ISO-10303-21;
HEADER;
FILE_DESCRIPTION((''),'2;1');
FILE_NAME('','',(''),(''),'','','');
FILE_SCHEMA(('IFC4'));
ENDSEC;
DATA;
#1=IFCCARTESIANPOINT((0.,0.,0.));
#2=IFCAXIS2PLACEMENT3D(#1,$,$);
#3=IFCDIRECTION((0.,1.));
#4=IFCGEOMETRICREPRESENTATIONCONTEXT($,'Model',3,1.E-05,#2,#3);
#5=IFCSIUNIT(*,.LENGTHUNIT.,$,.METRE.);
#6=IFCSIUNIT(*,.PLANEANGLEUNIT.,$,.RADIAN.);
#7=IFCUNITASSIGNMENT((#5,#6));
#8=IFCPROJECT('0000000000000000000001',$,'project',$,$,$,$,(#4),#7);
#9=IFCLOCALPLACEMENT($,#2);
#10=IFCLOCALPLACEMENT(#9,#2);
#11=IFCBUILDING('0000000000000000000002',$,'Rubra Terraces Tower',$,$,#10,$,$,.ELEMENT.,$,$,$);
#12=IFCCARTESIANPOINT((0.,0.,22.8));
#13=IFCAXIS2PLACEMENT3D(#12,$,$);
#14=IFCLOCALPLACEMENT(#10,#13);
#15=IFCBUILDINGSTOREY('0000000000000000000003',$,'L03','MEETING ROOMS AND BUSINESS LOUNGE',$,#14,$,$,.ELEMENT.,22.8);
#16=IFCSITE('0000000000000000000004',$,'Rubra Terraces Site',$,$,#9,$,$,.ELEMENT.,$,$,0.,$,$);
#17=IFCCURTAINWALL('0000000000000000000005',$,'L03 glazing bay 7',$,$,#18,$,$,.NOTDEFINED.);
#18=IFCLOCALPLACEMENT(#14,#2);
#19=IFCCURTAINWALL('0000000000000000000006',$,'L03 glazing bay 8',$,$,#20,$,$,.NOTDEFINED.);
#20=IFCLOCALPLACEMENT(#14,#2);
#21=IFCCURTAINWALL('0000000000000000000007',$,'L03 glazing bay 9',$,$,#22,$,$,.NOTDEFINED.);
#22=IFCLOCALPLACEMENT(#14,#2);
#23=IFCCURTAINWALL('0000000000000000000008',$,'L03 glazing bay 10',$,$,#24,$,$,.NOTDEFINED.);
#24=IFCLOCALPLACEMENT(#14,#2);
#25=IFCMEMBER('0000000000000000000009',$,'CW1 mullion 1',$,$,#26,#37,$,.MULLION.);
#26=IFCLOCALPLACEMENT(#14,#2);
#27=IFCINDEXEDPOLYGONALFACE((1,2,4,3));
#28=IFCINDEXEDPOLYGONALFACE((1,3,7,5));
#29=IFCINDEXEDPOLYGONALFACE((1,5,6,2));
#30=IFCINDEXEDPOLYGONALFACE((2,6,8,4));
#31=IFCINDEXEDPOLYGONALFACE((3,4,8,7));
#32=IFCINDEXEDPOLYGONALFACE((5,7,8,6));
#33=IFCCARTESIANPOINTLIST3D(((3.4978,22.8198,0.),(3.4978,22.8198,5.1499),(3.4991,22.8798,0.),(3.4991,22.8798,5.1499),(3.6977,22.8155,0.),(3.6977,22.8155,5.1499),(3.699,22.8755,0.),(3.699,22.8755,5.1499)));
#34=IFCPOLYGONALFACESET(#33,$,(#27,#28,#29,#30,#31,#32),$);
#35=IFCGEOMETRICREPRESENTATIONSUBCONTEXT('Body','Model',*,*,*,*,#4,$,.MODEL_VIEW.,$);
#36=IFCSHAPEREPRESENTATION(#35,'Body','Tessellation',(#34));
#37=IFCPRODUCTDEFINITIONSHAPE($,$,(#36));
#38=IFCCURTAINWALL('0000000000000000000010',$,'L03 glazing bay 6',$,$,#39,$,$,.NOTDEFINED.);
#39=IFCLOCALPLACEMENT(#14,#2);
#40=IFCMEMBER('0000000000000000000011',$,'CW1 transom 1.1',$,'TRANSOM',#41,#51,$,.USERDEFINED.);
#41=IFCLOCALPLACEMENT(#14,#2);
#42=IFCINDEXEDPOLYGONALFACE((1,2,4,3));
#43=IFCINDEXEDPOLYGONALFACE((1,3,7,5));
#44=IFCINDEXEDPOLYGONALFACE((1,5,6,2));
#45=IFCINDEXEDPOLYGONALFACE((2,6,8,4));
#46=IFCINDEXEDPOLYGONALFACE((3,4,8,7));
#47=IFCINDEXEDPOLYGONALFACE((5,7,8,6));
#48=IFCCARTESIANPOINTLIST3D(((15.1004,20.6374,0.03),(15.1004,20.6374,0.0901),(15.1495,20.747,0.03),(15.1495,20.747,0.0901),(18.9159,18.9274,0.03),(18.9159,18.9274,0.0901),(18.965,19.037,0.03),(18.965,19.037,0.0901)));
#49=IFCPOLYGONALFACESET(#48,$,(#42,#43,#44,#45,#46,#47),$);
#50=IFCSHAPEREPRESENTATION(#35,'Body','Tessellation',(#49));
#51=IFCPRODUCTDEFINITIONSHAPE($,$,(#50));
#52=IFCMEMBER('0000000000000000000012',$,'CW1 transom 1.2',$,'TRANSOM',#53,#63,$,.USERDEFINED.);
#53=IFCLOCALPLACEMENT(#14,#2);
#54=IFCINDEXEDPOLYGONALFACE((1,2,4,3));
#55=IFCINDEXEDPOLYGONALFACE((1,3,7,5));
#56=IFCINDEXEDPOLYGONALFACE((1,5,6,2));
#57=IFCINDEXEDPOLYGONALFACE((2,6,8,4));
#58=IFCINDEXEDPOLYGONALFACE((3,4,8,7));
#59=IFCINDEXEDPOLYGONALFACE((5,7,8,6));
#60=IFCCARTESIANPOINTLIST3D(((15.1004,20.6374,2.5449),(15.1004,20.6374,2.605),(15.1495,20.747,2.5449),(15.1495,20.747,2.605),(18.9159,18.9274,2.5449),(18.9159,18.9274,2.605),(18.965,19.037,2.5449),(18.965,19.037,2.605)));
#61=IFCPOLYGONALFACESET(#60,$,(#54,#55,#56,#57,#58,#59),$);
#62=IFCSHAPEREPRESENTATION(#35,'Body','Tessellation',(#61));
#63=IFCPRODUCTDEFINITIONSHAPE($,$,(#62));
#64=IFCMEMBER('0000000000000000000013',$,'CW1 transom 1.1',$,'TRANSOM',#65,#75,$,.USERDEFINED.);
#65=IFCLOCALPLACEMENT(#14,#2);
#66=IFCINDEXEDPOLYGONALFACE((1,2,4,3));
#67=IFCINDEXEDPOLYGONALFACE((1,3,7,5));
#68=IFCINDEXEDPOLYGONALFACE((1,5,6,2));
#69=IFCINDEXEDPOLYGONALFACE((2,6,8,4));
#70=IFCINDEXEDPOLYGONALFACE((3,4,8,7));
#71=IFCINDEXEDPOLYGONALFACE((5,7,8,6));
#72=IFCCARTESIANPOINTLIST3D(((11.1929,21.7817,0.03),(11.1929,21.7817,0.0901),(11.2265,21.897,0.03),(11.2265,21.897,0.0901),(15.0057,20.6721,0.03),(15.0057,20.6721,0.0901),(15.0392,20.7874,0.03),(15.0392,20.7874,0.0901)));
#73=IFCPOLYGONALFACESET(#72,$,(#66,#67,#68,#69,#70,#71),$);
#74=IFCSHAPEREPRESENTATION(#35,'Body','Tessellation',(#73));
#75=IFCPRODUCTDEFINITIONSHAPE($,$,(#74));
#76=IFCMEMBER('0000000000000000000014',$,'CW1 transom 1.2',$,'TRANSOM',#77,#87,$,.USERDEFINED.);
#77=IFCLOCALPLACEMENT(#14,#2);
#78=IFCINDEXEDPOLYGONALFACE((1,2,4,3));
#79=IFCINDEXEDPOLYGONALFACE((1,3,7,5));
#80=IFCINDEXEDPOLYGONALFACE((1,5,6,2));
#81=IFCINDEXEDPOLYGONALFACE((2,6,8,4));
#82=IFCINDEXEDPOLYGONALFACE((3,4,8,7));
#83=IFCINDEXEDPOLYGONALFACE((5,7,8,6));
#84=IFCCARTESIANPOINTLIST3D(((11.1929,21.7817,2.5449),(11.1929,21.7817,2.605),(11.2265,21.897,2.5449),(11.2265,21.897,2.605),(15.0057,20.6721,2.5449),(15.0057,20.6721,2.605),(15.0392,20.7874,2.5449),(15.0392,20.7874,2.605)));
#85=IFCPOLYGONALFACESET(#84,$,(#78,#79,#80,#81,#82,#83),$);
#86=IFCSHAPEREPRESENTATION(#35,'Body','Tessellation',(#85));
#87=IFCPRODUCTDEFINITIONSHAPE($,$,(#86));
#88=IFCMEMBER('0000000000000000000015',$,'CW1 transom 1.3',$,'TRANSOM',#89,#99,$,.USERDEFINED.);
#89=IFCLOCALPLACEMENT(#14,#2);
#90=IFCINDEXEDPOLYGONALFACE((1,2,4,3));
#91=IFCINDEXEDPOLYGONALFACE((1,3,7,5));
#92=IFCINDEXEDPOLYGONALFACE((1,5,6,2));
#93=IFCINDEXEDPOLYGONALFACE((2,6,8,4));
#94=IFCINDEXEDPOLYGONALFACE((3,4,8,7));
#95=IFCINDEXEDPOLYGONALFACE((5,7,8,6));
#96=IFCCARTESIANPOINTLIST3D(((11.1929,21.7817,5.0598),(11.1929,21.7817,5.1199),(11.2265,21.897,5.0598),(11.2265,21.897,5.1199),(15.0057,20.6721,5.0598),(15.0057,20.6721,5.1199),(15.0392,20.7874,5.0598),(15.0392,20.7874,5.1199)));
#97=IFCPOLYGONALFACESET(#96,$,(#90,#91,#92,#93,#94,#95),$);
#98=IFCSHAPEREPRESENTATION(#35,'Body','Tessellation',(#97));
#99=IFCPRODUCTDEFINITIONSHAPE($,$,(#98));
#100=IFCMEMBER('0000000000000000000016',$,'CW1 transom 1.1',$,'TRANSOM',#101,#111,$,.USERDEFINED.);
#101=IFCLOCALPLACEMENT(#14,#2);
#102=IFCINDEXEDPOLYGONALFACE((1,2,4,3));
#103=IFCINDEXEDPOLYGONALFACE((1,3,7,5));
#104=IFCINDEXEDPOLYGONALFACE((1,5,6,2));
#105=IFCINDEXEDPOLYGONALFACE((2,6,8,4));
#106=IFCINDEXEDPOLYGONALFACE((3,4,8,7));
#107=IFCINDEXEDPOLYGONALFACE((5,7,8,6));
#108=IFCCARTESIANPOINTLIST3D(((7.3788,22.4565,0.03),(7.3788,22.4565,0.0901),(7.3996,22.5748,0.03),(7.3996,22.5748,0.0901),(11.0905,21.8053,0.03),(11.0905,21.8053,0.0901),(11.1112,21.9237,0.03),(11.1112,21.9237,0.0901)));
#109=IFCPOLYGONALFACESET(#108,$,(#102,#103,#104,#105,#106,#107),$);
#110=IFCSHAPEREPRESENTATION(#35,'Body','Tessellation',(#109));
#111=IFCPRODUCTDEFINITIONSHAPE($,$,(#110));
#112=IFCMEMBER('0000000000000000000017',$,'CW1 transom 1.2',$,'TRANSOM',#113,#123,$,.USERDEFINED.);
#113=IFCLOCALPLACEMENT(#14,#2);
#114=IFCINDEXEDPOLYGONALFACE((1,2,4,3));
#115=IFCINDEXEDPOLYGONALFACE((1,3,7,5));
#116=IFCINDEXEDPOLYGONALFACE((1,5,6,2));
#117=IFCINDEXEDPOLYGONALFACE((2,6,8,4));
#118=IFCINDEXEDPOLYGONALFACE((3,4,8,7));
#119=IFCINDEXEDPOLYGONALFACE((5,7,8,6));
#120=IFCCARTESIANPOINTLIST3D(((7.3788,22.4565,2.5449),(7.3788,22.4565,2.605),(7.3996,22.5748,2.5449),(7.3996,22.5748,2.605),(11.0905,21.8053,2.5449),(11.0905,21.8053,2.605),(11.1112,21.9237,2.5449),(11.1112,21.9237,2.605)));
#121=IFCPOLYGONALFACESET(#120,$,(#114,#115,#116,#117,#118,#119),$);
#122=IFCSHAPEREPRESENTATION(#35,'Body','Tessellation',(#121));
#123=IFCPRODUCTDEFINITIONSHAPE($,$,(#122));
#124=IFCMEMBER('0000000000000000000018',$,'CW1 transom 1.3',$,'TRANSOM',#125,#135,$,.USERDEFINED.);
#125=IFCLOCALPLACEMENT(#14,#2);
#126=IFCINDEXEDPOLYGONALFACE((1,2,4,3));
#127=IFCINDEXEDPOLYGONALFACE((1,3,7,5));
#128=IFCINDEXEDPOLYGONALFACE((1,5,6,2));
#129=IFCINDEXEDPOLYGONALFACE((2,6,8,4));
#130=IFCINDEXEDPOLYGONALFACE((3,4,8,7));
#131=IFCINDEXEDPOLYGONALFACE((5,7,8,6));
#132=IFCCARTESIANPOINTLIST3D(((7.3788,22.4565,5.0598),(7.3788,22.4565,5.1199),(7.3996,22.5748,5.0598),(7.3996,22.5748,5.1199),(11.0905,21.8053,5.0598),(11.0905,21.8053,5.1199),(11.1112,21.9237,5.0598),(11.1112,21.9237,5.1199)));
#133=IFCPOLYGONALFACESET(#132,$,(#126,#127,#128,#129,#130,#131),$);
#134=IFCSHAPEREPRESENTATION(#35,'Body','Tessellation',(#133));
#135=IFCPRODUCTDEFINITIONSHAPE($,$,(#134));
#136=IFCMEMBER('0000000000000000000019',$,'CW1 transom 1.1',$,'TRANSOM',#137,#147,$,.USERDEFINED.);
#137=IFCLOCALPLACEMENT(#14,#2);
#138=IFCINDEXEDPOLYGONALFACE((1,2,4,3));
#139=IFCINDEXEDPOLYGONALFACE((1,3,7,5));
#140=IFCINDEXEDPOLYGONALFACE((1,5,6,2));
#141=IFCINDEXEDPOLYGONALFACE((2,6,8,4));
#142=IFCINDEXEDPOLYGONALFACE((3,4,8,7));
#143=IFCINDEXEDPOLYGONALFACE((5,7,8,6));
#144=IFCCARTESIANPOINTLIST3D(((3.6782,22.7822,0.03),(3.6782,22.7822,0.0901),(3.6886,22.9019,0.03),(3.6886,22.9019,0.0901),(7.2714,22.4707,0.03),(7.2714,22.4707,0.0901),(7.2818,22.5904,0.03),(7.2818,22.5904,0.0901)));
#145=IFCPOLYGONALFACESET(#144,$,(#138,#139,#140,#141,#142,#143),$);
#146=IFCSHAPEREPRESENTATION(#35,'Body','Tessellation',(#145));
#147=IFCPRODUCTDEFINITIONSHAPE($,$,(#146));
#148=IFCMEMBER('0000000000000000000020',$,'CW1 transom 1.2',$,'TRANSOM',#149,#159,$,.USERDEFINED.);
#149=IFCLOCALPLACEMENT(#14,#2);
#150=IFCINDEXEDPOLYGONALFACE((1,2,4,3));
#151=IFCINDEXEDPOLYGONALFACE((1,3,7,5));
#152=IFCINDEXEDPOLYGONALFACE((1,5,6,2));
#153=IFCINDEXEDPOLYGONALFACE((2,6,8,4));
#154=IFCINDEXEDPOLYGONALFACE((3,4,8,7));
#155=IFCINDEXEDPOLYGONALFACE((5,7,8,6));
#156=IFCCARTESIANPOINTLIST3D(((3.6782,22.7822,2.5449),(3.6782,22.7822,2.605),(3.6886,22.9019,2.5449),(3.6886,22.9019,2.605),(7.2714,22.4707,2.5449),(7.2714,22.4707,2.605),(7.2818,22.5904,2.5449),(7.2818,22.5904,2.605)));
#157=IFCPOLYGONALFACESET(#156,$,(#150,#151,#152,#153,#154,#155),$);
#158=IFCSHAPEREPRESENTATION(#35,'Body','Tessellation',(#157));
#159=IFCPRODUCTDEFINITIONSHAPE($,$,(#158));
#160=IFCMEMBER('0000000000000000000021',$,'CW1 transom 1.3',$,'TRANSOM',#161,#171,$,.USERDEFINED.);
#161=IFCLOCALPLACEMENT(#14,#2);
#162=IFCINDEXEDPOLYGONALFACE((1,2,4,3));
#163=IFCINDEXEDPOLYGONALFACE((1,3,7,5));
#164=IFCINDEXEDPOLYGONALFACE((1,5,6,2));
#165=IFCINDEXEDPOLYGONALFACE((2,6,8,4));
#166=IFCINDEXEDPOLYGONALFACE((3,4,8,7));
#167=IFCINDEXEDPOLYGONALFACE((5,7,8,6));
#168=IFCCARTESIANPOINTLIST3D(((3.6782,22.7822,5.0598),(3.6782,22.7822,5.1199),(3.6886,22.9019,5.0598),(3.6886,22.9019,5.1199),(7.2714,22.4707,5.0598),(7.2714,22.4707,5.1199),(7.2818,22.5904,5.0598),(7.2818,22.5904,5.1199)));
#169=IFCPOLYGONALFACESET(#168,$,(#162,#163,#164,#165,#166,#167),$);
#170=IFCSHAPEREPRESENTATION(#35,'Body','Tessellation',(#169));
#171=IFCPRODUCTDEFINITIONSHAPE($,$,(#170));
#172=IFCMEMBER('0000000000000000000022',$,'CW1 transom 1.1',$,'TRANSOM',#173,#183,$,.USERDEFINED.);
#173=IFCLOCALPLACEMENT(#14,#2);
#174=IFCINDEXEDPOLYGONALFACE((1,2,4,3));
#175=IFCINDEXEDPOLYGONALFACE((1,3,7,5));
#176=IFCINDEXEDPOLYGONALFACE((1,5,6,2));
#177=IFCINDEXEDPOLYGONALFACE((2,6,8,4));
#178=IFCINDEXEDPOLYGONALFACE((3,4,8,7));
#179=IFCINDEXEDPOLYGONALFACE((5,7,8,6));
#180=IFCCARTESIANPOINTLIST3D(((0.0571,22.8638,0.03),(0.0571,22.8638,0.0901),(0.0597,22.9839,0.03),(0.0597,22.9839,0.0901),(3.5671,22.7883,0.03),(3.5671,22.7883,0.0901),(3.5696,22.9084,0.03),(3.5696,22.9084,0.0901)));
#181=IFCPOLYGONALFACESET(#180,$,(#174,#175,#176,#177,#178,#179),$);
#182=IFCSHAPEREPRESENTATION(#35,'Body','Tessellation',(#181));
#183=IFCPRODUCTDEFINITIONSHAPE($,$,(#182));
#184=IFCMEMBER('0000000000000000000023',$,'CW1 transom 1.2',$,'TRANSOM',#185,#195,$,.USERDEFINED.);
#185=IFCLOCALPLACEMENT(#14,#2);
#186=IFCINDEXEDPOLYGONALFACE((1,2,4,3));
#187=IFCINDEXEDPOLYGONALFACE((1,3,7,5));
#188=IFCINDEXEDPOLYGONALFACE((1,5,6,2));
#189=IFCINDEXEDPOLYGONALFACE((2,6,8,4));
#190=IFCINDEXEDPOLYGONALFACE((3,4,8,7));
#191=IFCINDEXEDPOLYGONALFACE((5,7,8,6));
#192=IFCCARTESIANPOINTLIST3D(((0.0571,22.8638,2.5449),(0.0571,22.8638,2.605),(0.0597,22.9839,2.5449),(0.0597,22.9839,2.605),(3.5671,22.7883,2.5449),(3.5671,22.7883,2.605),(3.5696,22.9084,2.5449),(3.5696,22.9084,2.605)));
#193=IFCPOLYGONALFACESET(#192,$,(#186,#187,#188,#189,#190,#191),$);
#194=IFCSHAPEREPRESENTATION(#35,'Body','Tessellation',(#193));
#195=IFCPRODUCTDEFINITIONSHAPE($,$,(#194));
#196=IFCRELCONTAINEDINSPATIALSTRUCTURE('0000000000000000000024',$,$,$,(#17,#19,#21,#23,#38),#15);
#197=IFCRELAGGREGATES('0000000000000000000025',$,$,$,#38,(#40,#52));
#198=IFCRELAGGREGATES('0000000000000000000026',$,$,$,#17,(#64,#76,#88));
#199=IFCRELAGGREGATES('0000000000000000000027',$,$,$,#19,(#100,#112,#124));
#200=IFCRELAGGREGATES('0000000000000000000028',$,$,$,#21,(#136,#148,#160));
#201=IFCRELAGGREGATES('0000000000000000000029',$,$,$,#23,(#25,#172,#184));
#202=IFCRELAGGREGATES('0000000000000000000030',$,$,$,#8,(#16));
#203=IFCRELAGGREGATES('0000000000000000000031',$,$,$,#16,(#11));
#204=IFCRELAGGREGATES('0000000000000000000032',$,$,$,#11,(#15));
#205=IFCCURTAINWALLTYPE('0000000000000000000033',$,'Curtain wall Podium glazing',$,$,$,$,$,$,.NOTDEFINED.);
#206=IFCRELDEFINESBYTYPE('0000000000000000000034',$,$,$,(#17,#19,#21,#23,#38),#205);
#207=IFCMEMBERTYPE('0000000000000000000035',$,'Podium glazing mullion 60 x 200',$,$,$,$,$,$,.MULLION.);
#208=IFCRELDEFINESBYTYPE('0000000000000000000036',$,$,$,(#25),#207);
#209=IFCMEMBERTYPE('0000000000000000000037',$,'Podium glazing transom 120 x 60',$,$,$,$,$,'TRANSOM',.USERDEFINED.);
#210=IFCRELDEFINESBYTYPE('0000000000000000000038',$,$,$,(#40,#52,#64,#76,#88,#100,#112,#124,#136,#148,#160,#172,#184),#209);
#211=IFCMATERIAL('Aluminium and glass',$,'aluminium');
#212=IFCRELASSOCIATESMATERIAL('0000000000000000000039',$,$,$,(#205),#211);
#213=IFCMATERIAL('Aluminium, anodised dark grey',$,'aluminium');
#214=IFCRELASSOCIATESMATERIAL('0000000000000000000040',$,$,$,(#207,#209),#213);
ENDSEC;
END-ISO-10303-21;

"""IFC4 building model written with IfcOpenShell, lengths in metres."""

from ifc_helpers import new_model, si_unit, direction, frame, origin, origin_2d, place, context, subcontext, project, spatial, rectangle, extrude, material, material_profile, profile_set, type_object, element, aggregate, save


model = new_model("IFC4")

# Units and contexts
model_context = context("Model", 3, precision=1e-05, world=origin(), true_north=direction((0.0, 1.0)))
body_context = subcontext(model_context, "Body", "Model", "MODEL_VIEW")
ifc_project = project(units=[si_unit("LENGTHUNIT", "METRE"), si_unit("PLANEANGLEUNIT", "RADIAN")], contexts=[model_context])

# Site, building, storey
site_placement = place(None, origin())
site = spatial("IfcSite", under=ifc_project, at=site_placement, Name="Rubra Terraces Site", CompositionType="ELEMENT", RefElevation=0.0)
building_placement = place(site_placement, origin())
building = spatial("IfcBuilding", under=site, at=building_placement, Name="Rubra Terraces Tower", CompositionType="ELEMENT")
storey_placement = place(building_placement, frame((0.0, 0.0, 22.8)))
storey = spatial("IfcBuildingStorey", under=building, at=storey_placement, Name="L03", Description="MEETING ROOMS AND BUSINESS LOUNGE", CompositionType="ELEMENT", Elevation=22.8)

# Curtain walls, member
ifc_material_1 = material(Name="Aluminium and glass", Category="aluminium")
curtain_wall_type = type_object("IfcCurtainWallType", Name="Curtain wall Podium glazing", PredefinedType="NOTDEFINED", material=ifc_material_1)
curtain_wall_1_placement = place(storey_placement, origin())
curtain_wall_1 = element("IfcCurtainWall", 1, at=curtain_wall_1_placement, inside=storey, type_object=curtain_wall_type, Name="L03 glazing bay 7", PredefinedType="NOTDEFINED")
ifc_material_2 = material(Name="Aluminium, anodised dark grey", Category="aluminium")
ifc_material_profile_1 = material_profile(ifc_material_2, rectangle(XDim=0.0601, YDim=0.2, at=origin_2d()), Name="AL 60x200")
ifc_profile_set_1 = profile_set([ifc_material_profile_1], Name="Aluminium, anodised dark grey")
member_type_1 = type_object("IfcMemberType", Name="Podium glazing mullion 60 x 200", PredefinedType="MULLION", material=ifc_profile_set_1)
curtain_wall_2_placement = place(storey_placement, origin())
curtain_wall_2 = element("IfcCurtainWall", 2, at=curtain_wall_2_placement, inside=storey, type_object=curtain_wall_type, Name="L03 glazing bay 8", PredefinedType="NOTDEFINED")
curtain_wall_3_placement = place(storey_placement, origin())
curtain_wall_3 = element("IfcCurtainWall", 3, at=curtain_wall_3_placement, inside=storey, type_object=curtain_wall_type, Name="L03 glazing bay 9", PredefinedType="NOTDEFINED")
curtain_wall_4_placement = place(storey_placement, origin())
curtain_wall_4 = element("IfcCurtainWall", 4, at=curtain_wall_4_placement, inside=storey, type_object=curtain_wall_type, Name="L03 glazing bay 10", PredefinedType="NOTDEFINED")
member_1_placement = place(storey_placement, frame((3.5984, 22.8477, 0.0), z_axis=(0.0, 0.0, 1.0), x_axis=(-0.021483, -0.999769, 0.0)))
member_1 = element("IfcMember", 5, at=member_1_placement, type_object=member_type_1, Name="CW1 mullion 1", PredefinedType="MULLION", context=body_context, shape_type="SweptSolid", body=[
    extrude(rectangle(XDim=0.0601, YDim=0.2, at=origin_2d()), origin(), (0.0, 0.0, 1.0), 5.1499),
])

# Curtain wall, members
curtain_wall_5_placement = place(storey_placement, origin())
curtain_wall_5 = element("IfcCurtainWall", 6, at=curtain_wall_5_placement, inside=storey, type_object=curtain_wall_type, Name="L03 glazing bay 6", PredefinedType="NOTDEFINED")
ifc_material_profile_2 = material_profile(ifc_material_2, rectangle(XDim=0.1201, YDim=0.0601, at=origin_2d()), Name="AL 120x60")
ifc_profile_set_2 = profile_set([ifc_material_profile_2], Name="Aluminium, anodised dark grey")
member_type_2 = type_object("IfcMemberType", Name="Podium glazing transom 120 x 60", ElementType="TRANSOM", PredefinedType="USERDEFINED", material=ifc_profile_set_2)
member_2_placement = place(storey_placement, frame((18.9404, 18.9822, 0.0601), z_axis=(-0.912545, 0.408975, 0.0), x_axis=(-0.408975, -0.912545, 0.0)))
member_2 = element("IfcMember", 7, at=member_2_placement, type_object=member_type_2, Name="CW1 transom 1.1", ObjectType="TRANSOM", PredefinedType="USERDEFINED", context=body_context, shape_type="SweptSolid", body=[
    extrude(rectangle(XDim=0.1201, YDim=0.0601, at=origin_2d()), origin(), (0.0, 0.0, 1.0), 4.1812),
])
member_3_placement = place(storey_placement, frame((18.9404, 18.9822, 2.575), z_axis=(-0.912545, 0.408975, 0.0), x_axis=(-0.408975, -0.912545, 0.0)))
member_3 = element("IfcMember", 8, at=member_3_placement, type_object=member_type_2, Name="CW1 transom 1.2", ObjectType="TRANSOM", PredefinedType="USERDEFINED", context=body_context, shape_type="SweptSolid", body=[
    extrude(rectangle(XDim=0.1201, YDim=0.0601, at=origin_2d()), origin(), (0.0, 0.0, 1.0), 4.1812),
])

# Members
member_4_placement = place(storey_placement, frame((15.0225, 20.7297, 0.0601), z_axis=(-0.960164, 0.279436, 0.0), x_axis=(-0.279436, -0.960164, 0.0)))
member_4 = element("IfcMember", 9, at=member_4_placement, type_object=member_type_2, Name="CW1 transom 1.1", ObjectType="TRANSOM", PredefinedType="USERDEFINED", context=body_context, shape_type="SweptSolid", body=[
    extrude(rectangle(XDim=0.1201, YDim=0.0601, at=origin_2d()), origin(), (0.0, 0.0, 1.0), 3.9709),
])
member_5_placement = place(storey_placement, frame((15.0225, 20.7297, 2.575), z_axis=(-0.960164, 0.279436, 0.0), x_axis=(-0.279436, -0.960164, 0.0)))
member_5 = element("IfcMember", 10, at=member_5_placement, type_object=member_type_2, Name="CW1 transom 1.2", ObjectType="TRANSOM", PredefinedType="USERDEFINED", context=body_context, shape_type="SweptSolid", body=[
    extrude(rectangle(XDim=0.1201, YDim=0.0601, at=origin_2d()), origin(), (0.0, 0.0, 1.0), 3.9709),
])
member_6_placement = place(storey_placement, frame((15.0225, 20.7297, 5.0898), z_axis=(-0.960164, 0.279436, 0.0), x_axis=(-0.279436, -0.960164, 0.0)))
member_6 = element("IfcMember", 11, at=member_6_placement, type_object=member_type_2, Name="CW1 transom 1.3", ObjectType="TRANSOM", PredefinedType="USERDEFINED", context=body_context, shape_type="SweptSolid", body=[
    extrude(rectangle(XDim=0.1201, YDim=0.0601, at=origin_2d()), origin(), (0.0, 0.0, 1.0), 3.9709),
])
member_7_placement = place(storey_placement, frame((11.1008, 21.8645, 0.0601), z_axis=(-0.984959, 0.172787, 0.0), x_axis=(-0.172787, -0.984959, 0.0)))
member_7 = element("IfcMember", 12, at=member_7_placement, type_object=member_type_2, Name="CW1 transom 1.1", ObjectType="TRANSOM", PredefinedType="USERDEFINED", context=body_context, shape_type="SweptSolid", body=[
    extrude(rectangle(XDim=0.1201, YDim=0.0601, at=origin_2d()), origin(), (0.0, 0.0, 1.0), 3.7683),
])
member_8_placement = place(storey_placement, frame((11.1008, 21.8645, 2.575), z_axis=(-0.984959, 0.172787, 0.0), x_axis=(-0.172787, -0.984959, 0.0)))
member_8 = element("IfcMember", 13, at=member_8_placement, type_object=member_type_2, Name="CW1 transom 1.2", ObjectType="TRANSOM", PredefinedType="USERDEFINED", context=body_context, shape_type="SweptSolid", body=[
    extrude(rectangle(XDim=0.1201, YDim=0.0601, at=origin_2d()), origin(), (0.0, 0.0, 1.0), 3.7683),
])
member_9_placement = place(storey_placement, frame((11.1008, 21.8645, 5.0898), z_axis=(-0.984959, 0.172787, 0.0), x_axis=(-0.172787, -0.984959, 0.0)))
member_9 = element("IfcMember", 14, at=member_9_placement, type_object=member_type_2, Name="CW1 transom 1.3", ObjectType="TRANSOM", PredefinedType="USERDEFINED", context=body_context, shape_type="SweptSolid", body=[
    extrude(rectangle(XDim=0.1201, YDim=0.0601, at=origin_2d()), origin(), (0.0, 0.0, 1.0), 3.7683),
])
member_10_placement = place(storey_placement, frame((7.2766, 22.5305, 0.0601), z_axis=(-0.996263, 0.086373, 0.0), x_axis=(-0.086373, -0.996263, 0.0)))
member_10 = element("IfcMember", 15, at=member_10_placement, type_object=member_type_2, Name="CW1 transom 1.1", ObjectType="TRANSOM", PredefinedType="USERDEFINED", context=body_context, shape_type="SweptSolid", body=[
    extrude(rectangle(XDim=0.1201, YDim=0.0601, at=origin_2d()), origin(), (0.0, 0.0, 1.0), 3.6067),
])
member_11_placement = place(storey_placement, frame((7.2766, 22.5305, 2.575), z_axis=(-0.996263, 0.086373, 0.0), x_axis=(-0.086373, -0.996263, 0.0)))
member_11 = element("IfcMember", 16, at=member_11_placement, type_object=member_type_2, Name="CW1 transom 1.2", ObjectType="TRANSOM", PredefinedType="USERDEFINED", context=body_context, shape_type="SweptSolid", body=[
    extrude(rectangle(XDim=0.1201, YDim=0.0601, at=origin_2d()), origin(), (0.0, 0.0, 1.0), 3.6067),
])
member_12_placement = place(storey_placement, frame((7.2766, 22.5305, 5.0898), z_axis=(-0.996263, 0.086373, 0.0), x_axis=(-0.086373, -0.996263, 0.0)))
member_12 = element("IfcMember", 17, at=member_12_placement, type_object=member_type_2, Name="CW1 transom 1.3", ObjectType="TRANSOM", PredefinedType="USERDEFINED", context=body_context, shape_type="SweptSolid", body=[
    extrude(rectangle(XDim=0.1201, YDim=0.0601, at=origin_2d()), origin(), (0.0, 0.0, 1.0), 3.6067),
])
member_13_placement = place(storey_placement, frame((3.5684, 22.8484, 0.0601), z_axis=(-0.999769, 0.021488, 0.0), x_axis=(-0.021488, -0.999769, 0.0)))
member_13 = element("IfcMember", 18, at=member_13_placement, type_object=member_type_2, Name="CW1 transom 1.1", ObjectType="TRANSOM", PredefinedType="USERDEFINED", context=body_context, shape_type="SweptSolid", body=[
    extrude(rectangle(XDim=0.1201, YDim=0.0601, at=origin_2d()), origin(), (0.0, 0.0, 1.0), 3.5107),
])
member_14_placement = place(storey_placement, frame((3.5684, 22.8484, 2.575), z_axis=(-0.999769, 0.021488, 0.0), x_axis=(-0.021488, -0.999769, 0.0)))
member_14 = element("IfcMember", 19, at=member_14_placement, type_object=member_type_2, Name="CW1 transom 1.2", ObjectType="TRANSOM", PredefinedType="USERDEFINED", context=body_context, shape_type="SweptSolid", body=[
    extrude(rectangle(XDim=0.1201, YDim=0.0601, at=origin_2d()), origin(), (0.0, 0.0, 1.0), 3.5107),
])

aggregate(curtain_wall_5, [member_2, member_3])
aggregate(curtain_wall_1, [member_4, member_5, member_6])
aggregate(curtain_wall_2, [member_7, member_8, member_9])
aggregate(curtain_wall_3, [member_10, member_11, member_12])
aggregate(curtain_wall_4, [member_1, member_13, member_14])

save(model, "model.ifc")
